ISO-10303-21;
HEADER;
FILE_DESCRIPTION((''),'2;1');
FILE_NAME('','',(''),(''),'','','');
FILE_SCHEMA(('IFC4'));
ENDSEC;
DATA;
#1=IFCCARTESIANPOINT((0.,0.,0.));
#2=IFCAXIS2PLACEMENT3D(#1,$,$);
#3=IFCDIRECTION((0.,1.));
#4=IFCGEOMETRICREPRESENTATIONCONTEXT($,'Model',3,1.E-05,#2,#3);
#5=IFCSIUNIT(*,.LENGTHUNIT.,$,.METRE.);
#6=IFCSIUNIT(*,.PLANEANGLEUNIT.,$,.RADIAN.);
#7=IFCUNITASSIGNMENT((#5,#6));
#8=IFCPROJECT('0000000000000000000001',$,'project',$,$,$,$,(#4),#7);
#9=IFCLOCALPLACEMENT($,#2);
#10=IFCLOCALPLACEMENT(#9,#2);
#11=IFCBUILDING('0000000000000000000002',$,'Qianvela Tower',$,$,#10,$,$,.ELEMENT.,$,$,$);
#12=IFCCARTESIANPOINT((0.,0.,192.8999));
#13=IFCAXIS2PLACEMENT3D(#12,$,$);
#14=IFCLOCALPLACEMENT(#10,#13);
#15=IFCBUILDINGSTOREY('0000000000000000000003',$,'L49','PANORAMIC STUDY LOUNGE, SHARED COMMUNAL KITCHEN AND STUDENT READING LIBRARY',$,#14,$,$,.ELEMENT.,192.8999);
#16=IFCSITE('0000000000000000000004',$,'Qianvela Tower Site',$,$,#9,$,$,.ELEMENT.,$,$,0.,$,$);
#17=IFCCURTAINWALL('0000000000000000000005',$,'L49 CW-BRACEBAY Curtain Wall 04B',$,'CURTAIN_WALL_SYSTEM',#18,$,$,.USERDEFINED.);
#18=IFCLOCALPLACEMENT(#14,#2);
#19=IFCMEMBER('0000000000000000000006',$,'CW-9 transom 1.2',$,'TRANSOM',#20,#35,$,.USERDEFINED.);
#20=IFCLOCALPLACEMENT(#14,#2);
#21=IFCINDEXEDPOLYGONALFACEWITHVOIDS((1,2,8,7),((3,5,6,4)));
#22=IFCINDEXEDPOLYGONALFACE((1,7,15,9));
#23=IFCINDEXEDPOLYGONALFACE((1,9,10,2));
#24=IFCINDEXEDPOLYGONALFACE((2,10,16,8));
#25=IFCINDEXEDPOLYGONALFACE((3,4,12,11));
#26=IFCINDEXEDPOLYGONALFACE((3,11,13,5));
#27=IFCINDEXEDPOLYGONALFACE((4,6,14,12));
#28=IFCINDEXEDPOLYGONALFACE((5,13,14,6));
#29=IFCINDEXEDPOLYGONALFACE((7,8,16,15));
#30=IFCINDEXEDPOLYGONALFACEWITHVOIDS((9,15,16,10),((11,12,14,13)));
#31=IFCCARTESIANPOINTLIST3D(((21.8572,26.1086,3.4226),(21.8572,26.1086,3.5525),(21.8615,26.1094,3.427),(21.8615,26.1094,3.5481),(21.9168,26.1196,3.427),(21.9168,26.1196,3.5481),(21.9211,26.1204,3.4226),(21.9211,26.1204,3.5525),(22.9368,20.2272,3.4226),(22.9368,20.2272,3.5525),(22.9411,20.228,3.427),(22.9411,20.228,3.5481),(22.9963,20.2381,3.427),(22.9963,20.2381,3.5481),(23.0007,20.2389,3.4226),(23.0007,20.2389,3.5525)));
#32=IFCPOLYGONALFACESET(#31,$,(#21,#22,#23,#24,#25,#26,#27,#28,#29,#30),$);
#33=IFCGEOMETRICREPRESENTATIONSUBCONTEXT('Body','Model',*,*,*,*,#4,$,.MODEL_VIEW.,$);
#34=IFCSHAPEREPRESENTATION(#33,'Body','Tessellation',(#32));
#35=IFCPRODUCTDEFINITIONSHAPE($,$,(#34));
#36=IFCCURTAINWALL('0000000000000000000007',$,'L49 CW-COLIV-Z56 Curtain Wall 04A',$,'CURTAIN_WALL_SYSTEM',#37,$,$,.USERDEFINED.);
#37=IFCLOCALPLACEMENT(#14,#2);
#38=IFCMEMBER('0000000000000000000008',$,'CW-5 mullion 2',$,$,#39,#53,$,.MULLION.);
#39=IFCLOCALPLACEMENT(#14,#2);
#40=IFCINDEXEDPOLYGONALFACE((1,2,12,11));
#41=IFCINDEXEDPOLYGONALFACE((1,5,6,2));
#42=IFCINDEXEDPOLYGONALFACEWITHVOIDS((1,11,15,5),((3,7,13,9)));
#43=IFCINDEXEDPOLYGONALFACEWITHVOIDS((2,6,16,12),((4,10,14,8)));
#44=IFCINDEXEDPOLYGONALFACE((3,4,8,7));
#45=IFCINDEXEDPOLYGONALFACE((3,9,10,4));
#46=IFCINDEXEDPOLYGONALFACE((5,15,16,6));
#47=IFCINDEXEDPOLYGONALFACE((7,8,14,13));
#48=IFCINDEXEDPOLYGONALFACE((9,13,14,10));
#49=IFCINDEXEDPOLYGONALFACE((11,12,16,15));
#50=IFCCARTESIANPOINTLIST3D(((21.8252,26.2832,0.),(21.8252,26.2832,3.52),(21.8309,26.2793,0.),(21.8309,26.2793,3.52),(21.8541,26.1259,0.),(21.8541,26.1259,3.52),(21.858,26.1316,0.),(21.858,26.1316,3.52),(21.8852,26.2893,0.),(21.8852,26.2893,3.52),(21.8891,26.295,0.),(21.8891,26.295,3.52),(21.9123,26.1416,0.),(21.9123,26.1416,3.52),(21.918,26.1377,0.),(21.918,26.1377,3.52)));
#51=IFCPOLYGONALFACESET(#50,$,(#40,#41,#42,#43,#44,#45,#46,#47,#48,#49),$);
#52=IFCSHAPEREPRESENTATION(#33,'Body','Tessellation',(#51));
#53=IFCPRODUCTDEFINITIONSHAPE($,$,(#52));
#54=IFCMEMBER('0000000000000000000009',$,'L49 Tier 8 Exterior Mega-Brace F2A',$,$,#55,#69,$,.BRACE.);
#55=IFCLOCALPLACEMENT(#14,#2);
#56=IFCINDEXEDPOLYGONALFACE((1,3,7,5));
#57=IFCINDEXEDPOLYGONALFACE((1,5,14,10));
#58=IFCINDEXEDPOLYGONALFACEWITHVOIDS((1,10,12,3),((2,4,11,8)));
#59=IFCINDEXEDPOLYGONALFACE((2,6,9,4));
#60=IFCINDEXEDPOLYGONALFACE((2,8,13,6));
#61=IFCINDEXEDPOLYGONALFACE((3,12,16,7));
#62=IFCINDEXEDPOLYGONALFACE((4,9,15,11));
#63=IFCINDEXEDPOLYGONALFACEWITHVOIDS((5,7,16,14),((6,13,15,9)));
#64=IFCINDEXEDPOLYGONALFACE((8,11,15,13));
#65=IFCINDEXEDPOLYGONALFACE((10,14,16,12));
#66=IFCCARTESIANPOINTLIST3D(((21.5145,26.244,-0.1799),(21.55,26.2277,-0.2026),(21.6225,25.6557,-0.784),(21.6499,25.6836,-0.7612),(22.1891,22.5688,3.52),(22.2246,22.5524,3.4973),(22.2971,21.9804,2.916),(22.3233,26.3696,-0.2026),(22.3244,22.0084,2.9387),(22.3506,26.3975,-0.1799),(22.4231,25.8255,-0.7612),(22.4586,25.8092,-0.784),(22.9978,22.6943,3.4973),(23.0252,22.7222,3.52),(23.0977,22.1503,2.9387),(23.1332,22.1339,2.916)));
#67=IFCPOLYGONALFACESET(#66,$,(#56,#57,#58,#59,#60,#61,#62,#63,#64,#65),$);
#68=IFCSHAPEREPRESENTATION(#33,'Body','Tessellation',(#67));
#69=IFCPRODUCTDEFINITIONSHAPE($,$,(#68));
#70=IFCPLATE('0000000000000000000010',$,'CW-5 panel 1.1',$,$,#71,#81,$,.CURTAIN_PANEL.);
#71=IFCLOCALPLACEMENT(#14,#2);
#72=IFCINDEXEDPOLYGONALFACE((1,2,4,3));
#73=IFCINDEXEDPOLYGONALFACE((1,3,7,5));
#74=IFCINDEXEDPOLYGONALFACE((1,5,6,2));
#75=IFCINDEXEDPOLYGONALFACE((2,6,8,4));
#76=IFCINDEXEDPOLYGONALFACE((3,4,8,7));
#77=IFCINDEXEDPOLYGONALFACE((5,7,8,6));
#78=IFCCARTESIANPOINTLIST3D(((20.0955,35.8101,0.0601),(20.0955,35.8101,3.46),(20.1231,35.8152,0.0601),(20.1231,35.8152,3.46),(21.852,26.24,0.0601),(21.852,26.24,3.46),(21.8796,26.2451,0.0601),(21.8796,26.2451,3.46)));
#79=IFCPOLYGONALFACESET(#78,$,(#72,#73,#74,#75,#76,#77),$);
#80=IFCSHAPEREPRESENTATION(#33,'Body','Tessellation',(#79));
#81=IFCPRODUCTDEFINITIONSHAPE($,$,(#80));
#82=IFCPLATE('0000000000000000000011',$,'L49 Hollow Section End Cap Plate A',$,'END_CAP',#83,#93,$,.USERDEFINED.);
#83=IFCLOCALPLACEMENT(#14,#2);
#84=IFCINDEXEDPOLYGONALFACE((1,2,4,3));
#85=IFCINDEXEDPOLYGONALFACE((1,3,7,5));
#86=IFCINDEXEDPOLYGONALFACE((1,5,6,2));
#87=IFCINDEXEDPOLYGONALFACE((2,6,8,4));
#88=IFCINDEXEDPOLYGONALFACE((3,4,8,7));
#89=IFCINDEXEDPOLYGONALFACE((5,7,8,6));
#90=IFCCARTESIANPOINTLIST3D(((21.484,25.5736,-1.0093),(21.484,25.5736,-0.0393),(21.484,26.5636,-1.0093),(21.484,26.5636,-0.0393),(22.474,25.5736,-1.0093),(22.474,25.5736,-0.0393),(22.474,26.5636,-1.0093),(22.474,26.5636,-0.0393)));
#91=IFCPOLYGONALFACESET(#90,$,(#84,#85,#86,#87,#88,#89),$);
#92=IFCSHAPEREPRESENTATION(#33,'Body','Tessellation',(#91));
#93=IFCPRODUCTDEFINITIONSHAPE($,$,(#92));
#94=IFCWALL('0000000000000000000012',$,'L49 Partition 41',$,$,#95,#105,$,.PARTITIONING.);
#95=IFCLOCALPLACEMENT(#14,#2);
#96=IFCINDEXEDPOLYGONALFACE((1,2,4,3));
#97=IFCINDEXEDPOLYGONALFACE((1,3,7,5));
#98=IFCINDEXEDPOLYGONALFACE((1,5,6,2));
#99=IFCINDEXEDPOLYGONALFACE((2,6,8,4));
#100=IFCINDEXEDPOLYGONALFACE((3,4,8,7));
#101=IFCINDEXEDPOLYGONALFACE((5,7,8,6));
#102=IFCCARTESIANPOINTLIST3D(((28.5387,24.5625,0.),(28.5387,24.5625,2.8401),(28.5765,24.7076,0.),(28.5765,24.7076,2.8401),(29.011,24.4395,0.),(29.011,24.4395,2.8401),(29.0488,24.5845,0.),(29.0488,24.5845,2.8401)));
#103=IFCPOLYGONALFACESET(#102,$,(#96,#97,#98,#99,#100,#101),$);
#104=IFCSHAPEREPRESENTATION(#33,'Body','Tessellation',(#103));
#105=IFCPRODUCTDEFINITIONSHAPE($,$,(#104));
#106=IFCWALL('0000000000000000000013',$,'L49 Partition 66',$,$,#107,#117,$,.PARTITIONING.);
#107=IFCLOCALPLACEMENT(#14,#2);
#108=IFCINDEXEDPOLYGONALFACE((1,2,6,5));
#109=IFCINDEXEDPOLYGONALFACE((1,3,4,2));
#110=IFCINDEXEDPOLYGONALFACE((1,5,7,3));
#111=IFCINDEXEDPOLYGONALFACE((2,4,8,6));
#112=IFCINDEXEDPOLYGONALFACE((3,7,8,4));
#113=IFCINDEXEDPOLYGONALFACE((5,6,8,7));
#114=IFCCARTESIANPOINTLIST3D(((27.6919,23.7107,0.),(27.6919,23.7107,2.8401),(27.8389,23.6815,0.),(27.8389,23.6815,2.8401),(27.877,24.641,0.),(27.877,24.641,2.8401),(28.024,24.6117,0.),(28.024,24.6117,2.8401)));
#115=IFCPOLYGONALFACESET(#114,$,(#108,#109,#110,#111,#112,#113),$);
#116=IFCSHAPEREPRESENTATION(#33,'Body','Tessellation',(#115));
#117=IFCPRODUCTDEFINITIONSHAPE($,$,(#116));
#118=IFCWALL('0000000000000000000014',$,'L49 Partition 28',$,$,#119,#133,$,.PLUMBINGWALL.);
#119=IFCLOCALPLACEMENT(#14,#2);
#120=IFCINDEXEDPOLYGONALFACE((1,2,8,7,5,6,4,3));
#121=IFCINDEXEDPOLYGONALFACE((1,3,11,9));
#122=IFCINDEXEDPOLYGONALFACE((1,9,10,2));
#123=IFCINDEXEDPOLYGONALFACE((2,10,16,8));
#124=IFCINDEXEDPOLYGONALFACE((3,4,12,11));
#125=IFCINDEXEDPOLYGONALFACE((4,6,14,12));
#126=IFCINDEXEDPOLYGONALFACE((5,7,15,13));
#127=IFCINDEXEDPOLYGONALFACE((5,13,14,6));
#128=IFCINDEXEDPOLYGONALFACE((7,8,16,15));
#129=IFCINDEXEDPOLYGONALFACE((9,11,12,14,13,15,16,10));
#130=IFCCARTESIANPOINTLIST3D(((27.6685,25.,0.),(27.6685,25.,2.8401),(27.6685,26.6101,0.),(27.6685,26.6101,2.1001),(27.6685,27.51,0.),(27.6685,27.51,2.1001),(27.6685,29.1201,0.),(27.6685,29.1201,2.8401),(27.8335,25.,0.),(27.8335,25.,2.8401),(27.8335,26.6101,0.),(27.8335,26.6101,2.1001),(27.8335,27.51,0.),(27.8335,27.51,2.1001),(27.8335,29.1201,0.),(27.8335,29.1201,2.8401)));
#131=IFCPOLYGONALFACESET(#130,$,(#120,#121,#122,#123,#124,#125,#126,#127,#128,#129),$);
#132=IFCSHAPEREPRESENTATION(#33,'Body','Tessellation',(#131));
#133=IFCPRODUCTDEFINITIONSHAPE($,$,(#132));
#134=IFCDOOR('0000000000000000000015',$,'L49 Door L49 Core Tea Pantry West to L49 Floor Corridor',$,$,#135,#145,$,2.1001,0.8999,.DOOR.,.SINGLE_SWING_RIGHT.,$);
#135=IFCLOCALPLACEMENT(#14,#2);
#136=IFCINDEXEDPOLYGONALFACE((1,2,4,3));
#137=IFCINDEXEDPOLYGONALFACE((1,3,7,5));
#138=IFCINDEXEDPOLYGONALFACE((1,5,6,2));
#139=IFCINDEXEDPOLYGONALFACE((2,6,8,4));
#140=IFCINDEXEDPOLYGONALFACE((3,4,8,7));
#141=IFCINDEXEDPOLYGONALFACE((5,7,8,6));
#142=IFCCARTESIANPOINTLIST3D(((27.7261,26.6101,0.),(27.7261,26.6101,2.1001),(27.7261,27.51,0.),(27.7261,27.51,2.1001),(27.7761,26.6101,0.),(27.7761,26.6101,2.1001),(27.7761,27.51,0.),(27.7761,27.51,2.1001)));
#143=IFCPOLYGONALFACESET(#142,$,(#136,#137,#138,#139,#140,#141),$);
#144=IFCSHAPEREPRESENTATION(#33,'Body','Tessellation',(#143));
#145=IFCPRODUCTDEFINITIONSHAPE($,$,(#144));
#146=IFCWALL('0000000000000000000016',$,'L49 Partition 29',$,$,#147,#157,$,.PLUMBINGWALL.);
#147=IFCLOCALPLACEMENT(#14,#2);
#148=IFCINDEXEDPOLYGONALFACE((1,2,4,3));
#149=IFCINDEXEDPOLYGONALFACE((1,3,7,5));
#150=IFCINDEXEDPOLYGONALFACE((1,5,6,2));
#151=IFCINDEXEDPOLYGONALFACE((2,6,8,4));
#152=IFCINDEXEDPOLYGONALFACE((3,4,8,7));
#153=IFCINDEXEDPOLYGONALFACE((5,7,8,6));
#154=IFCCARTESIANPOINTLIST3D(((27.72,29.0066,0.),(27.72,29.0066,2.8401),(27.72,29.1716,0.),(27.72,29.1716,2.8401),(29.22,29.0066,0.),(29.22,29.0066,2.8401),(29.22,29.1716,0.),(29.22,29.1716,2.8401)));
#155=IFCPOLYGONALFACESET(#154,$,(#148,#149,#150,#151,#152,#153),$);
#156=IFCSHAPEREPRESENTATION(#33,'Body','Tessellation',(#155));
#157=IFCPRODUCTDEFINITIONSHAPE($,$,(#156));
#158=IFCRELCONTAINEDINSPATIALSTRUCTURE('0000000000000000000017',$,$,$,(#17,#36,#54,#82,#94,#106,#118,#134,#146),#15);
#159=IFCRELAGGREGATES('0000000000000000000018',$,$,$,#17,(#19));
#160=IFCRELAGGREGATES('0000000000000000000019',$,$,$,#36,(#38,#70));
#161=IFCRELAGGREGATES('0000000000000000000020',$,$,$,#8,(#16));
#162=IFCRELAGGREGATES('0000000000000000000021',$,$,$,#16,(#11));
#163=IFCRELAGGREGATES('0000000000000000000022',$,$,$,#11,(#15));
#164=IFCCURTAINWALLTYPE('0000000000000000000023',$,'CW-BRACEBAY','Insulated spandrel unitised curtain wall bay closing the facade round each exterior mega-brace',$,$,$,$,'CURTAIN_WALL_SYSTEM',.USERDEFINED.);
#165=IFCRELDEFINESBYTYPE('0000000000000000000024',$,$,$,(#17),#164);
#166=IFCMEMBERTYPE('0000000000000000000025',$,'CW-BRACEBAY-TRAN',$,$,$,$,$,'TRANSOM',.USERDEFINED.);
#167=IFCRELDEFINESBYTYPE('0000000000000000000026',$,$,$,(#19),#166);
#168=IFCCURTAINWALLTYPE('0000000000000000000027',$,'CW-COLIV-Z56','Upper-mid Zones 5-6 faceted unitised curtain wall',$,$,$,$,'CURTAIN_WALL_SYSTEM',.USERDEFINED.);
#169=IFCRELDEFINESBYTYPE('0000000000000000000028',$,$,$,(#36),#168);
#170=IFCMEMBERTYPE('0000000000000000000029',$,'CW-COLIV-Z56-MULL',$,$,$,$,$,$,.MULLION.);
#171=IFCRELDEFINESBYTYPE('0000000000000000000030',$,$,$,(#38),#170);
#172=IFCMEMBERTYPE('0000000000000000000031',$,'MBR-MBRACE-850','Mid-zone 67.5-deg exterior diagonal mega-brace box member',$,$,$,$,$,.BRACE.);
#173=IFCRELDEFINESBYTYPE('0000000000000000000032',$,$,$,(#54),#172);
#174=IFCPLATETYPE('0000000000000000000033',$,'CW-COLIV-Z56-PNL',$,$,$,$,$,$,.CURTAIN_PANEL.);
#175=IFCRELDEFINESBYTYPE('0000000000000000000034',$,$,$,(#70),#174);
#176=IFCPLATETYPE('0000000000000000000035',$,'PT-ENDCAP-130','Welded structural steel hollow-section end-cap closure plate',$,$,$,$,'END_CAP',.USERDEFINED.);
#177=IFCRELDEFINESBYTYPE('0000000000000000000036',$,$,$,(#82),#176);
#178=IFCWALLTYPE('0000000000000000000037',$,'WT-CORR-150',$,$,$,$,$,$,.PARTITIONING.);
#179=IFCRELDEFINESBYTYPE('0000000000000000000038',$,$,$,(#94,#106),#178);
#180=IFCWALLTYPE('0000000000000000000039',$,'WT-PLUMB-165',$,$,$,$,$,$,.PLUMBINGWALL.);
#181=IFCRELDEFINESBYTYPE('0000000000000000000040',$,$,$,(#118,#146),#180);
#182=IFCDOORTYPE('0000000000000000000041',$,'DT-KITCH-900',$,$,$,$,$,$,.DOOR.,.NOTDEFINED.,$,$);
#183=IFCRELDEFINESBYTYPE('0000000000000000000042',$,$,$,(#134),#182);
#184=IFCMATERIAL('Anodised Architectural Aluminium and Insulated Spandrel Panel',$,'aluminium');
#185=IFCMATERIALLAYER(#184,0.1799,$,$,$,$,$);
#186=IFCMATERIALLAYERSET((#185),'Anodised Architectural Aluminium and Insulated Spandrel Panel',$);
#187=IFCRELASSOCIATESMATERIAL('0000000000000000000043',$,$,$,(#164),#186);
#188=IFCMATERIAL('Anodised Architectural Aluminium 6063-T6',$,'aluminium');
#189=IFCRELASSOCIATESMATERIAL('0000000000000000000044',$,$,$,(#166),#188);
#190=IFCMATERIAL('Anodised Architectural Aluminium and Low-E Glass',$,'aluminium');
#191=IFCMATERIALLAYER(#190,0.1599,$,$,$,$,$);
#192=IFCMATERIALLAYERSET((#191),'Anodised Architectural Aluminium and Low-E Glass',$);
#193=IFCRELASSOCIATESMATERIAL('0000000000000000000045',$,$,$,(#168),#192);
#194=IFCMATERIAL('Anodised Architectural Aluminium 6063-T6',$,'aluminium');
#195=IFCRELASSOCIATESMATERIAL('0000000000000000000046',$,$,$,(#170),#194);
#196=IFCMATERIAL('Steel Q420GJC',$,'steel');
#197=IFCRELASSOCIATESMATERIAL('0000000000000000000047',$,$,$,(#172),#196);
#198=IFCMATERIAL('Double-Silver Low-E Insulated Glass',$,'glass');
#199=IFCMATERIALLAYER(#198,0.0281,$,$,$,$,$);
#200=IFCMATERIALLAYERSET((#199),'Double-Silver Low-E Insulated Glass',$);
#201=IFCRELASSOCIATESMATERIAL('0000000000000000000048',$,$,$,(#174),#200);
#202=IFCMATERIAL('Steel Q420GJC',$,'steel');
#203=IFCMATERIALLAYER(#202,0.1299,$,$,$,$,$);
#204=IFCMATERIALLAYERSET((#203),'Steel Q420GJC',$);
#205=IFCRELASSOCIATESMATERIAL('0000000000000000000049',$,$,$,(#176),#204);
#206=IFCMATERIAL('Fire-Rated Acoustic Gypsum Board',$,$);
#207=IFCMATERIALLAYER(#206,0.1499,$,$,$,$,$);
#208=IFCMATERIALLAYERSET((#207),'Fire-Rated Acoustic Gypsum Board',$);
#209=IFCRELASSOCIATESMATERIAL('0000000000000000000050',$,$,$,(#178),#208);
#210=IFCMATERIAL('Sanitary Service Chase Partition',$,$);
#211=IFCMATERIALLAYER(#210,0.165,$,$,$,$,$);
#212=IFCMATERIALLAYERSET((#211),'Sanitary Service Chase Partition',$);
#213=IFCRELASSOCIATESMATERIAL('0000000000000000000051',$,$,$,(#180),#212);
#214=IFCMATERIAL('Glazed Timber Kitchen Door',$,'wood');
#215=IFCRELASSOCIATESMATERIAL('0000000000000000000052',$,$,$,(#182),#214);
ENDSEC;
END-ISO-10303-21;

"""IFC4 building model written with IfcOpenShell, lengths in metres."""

from ifc_helpers import new_model, si_unit, direction, frame, frame_2d, origin, origin_2d, place, context, subcontext, project, spatial, rectangle, hollow_rectangle, extrude, material, layer, layer_set, material_profile, profile_set, type_object, element, fill, aggregate, save


model = new_model("IFC4")

# Units and contexts
model_context = context("Model", 3, precision=1e-05, world=origin(), true_north=direction((0.0, 1.0)))
body_context = subcontext(model_context, "Body", "Model", "MODEL_VIEW")
ifc_project = project(units=[si_unit("LENGTHUNIT", "METRE"), si_unit("PLANEANGLEUNIT", "RADIAN")], contexts=[model_context])

# Site, building, storey
site_placement = place(None, origin())
site = spatial("IfcSite", under=ifc_project, at=site_placement, Name="Qianvela Tower Site", CompositionType="ELEMENT", RefElevation=0.0)
building_placement = place(site_placement, origin())
building = spatial("IfcBuilding", under=site, at=building_placement, Name="Qianvela Tower", CompositionType="ELEMENT")
storey_placement = place(building_placement, frame((0.0, 0.0, 192.8999)))
storey = spatial("IfcBuildingStorey", under=building, at=storey_placement, Name="L49", Description="PANORAMIC STUDY LOUNGE, SHARED COMMUNAL KITCHEN AND STUDENT READING LIBRARY", CompositionType="ELEMENT", Elevation=192.8999)

# Curtain wall, member
ifc_material_1 = material(Name="Anodised Architectural Aluminium and Insulated Spandrel Panel", Category="aluminium")
ifc_layer_1 = layer(ifc_material_1, 0.1799)
ifc_layer_set_1 = layer_set([ifc_layer_1], Name="Anodised Architectural Aluminium and Insulated Spandrel Panel")
curtain_wall_type_1 = type_object("IfcCurtainWallType", Name="CW-BRACEBAY", Description="Insulated spandrel unitised curtain wall bay closing the facade round each exterior mega-brace", ElementType="CURTAIN_WALL_SYSTEM", PredefinedType="USERDEFINED", material=ifc_layer_set_1)
curtain_wall_1_placement = place(storey_placement, origin())
curtain_wall_1 = element("IfcCurtainWall", 1, at=curtain_wall_1_placement, inside=storey, type_object=curtain_wall_type_1, Name="L49 CW-BRACEBAY Curtain Wall 04B", ObjectType="CURTAIN_WALL_SYSTEM", PredefinedType="USERDEFINED")
ifc_material_2 = material(Name="Anodised Architectural Aluminium 6063-T6", Category="aluminium")
ifc_material_profile_1 = material_profile(ifc_material_2, hollow_rectangle(XDim=0.0649, YDim=0.1299, WallThickness=0.0044, at=origin_2d()), Name="ALU-TRAN-65x130")
ifc_profile_set_1 = profile_set([ifc_material_profile_1], Name="Anodised Architectural Aluminium 6063-T6")
member_type_1 = type_object("IfcMemberType", Name="CW-BRACEBAY-TRAN", ElementType="TRANSOM", PredefinedType="USERDEFINED", material=ifc_profile_set_1)
member_1_placement = place(storey_placement, frame((21.8892, 26.1145, 3.4875), z_axis=(0.180538, -0.983568, 0.0), x_axis=(0.983568, 0.180538, 0.0)))
member_1 = element("IfcMember", 2, at=member_1_placement, type_object=member_type_1, Name="CW-9 transom 1.2", ObjectType="TRANSOM", PredefinedType="USERDEFINED", context=body_context, shape_type="SweptSolid", body=[
    extrude(hollow_rectangle(XDim=0.0649, YDim=0.1299, WallThickness=0.0044, at=origin_2d()), origin(), (0.0, 0.0, 1.0), 5.9797),
])
aggregate(curtain_wall_1, [member_1])

# Curtain wall, member
ifc_material_3 = material(Name="Anodised Architectural Aluminium and Low-E Glass", Category="aluminium")
ifc_layer_2 = layer(ifc_material_3, 0.1599)
ifc_layer_set_2 = layer_set([ifc_layer_2], Name="Anodised Architectural Aluminium and Low-E Glass")
curtain_wall_type_2 = type_object("IfcCurtainWallType", Name="CW-COLIV-Z56", Description="Upper-mid Zones 5-6 faceted unitised curtain wall", ElementType="CURTAIN_WALL_SYSTEM", PredefinedType="USERDEFINED", material=ifc_layer_set_2)
curtain_wall_2_placement = place(storey_placement, origin())
curtain_wall_2 = element("IfcCurtainWall", 3, at=curtain_wall_2_placement, inside=storey, type_object=curtain_wall_type_2, Name="L49 CW-COLIV-Z56 Curtain Wall 04A", ObjectType="CURTAIN_WALL_SYSTEM", PredefinedType="USERDEFINED")
ifc_material_4 = material(Name="Anodised Architectural Aluminium 6063-T6", Category="aluminium")
ifc_material_profile_2 = material_profile(ifc_material_4, hollow_rectangle(XDim=0.0649, YDim=0.1599, WallThickness=0.0049, at=origin_2d()), Name="ALU-MULL-65x160")
ifc_profile_set_2 = profile_set([ifc_material_profile_2], Name="Anodised Architectural Aluminium 6063-T6")
member_type_2 = type_object("IfcMemberType", Name="CW-COLIV-Z56-MULL", PredefinedType="MULLION", material=ifc_profile_set_2)
member_2_placement = place(storey_placement, frame((21.8716, 26.2104, 0.0), z_axis=(0.0, 0.0, 1.0), x_axis=(0.983572, 0.180518, 0.0)))
member_2 = element("IfcMember", 4, at=member_2_placement, type_object=member_type_2, Name="CW-5 mullion 2", PredefinedType="MULLION", context=body_context, shape_type="SweptSolid", body=[
    extrude(hollow_rectangle(XDim=0.0649, YDim=0.1599, WallThickness=0.0049, at=origin_2d()), origin(), (0.0, 0.0, 1.0), 3.52),
])

# Member
ifc_material_5 = material(Name="Steel Q420GJC", Category="steel")
ifc_material_profile_3 = material_profile(ifc_material_5, hollow_rectangle(XDim=0.8501, YDim=0.8501, WallThickness=0.032, at=origin_2d()), Name="MBOX-850x850x32")
ifc_profile_set_3 = profile_set([ifc_material_profile_3], Name="Steel Q420GJC")
member_type_3 = type_object("IfcMemberType", Name="MBR-MBRACE-850", Description="Mid-zone 67.5-deg exterior diagonal mega-brace box member", PredefinedType="BRACE", material=ifc_profile_set_3)
member_3_placement = place(storey_placement, frame((21.9866, 26.0266, -0.4819), z_axis=(0.128279, -0.698916, 0.703605), x_axis=(0.983571, 0.180524, 0.0)))
element("IfcMember", 5, at=member_3_placement, inside=storey, type_object=member_type_3, Name="L49 Tier 8 Exterior Mega-Brace F2A", PredefinedType="BRACE", context=body_context, shape_type="SweptSolid", body=[
    extrude(hollow_rectangle(XDim=0.8501, YDim=0.8501, WallThickness=0.032, at=origin_2d()), origin(), (0.0, 0.0, 1.0), 5.2585),
])

# Plates
ifc_material_6 = material(Name="Double-Silver Low-E Insulated Glass", Category="glass")
ifc_layer_3 = layer(ifc_material_6, 0.0281)
ifc_layer_set_3 = layer_set([ifc_layer_3], Name="Double-Silver Low-E Insulated Glass")
plate_type_1 = type_object("IfcPlateType", Name="CW-COLIV-Z56-PNL", PredefinedType="CURTAIN_PANEL", material=ifc_layer_set_3)
plate_1_placement = place(storey_placement, frame((20.9875, 31.0276, 0.0601), z_axis=(0.0, 0.0, 1.0), x_axis=(0.180518, -0.983572, 0.0)))
plate_1 = element("IfcPlate", 6, at=plate_1_placement, type_object=plate_type_1, Name="CW-5 panel 1.1", PredefinedType="CURTAIN_PANEL", context=body_context, shape_type="SweptSolid", body=[
    extrude(rectangle(XDim=9.73, YDim=0.0281, at=origin_2d()), origin(), (0.0, 0.0, 1.0), 3.3999),
])
aggregate(curtain_wall_2, [member_2, plate_1])
ifc_material_7 = material(Name="Steel Q420GJC", Category="steel")
ifc_layer_4 = layer(ifc_material_7, 0.1299)
ifc_layer_set_4 = layer_set([ifc_layer_4], Name="Steel Q420GJC")
plate_type_2 = type_object("IfcPlateType", Name="PT-ENDCAP-130", Description="Welded structural steel hollow-section end-cap closure plate", ElementType="END_CAP", PredefinedType="USERDEFINED", material=ifc_layer_set_4)
plate_2_placement = place(storey_placement, frame((21.979, 26.0686, -1.0093), z_axis=(0.0, 0.0, 1.0), x_axis=(1.0, 0.0, 0.0)))
element("IfcPlate", 7, at=plate_2_placement, inside=storey, type_object=plate_type_2, Name="L49 Hollow Section End Cap Plate A", ObjectType="END_CAP", PredefinedType="USERDEFINED", context=body_context, shape_type="SweptSolid", body=[
    extrude(rectangle(XDim=0.99, YDim=0.99, at=origin_2d()), origin(), (0.0, 0.0, 1.0), 0.97),
])

# Walls
ifc_material_8 = material(Name="Fire-Rated Acoustic Gypsum Board")
ifc_layer_5 = layer(ifc_material_8, 0.1499)
ifc_layer_set_5 = layer_set([ifc_layer_5], Name="Fire-Rated Acoustic Gypsum Board")
wall_type_1 = type_object("IfcWallType", Name="WT-CORR-150", PredefinedType="PARTITIONING", material=ifc_layer_set_5)
wall_1_placement = place(storey_placement, frame((29.03, 24.512, 0.0), z_axis=(0.0, 0.0, 1.0), x_axis=(-0.967681, 0.252177, 0.0)))
element("IfcWall", 8, at=wall_1_placement, inside=storey, type_object=wall_type_1, Name="L49 Partition 41", PredefinedType="PARTITIONING", context=body_context, shape_type="SweptSolid", body=[
    extrude(rectangle(XDim=0.488, YDim=0.1499, at=frame_2d((0.2441, 0.0))), origin(), (0.0, 0.0, 1.0), 2.8401),
])
wall_2_placement = place(storey_placement, frame((27.9504, 24.6262, 0.0), z_axis=(0.0, 0.0, 1.0), x_axis=(-0.195126, -0.980778, 0.0)))
element("IfcWall", 9, at=wall_2_placement, inside=storey, type_object=wall_type_1, Name="L49 Partition 66", PredefinedType="PARTITIONING", context=body_context, shape_type="SweptSolid", body=[
    extrude(rectangle(XDim=0.9485, YDim=0.1499, at=frame_2d((0.4741, 0.0))), origin(), (0.0, 0.0, 1.0), 2.8401),
])

# Wall, opening, door
ifc_material_9 = material(Name="Sanitary Service Chase Partition")
ifc_layer_6 = layer(ifc_material_9, 0.165)
ifc_layer_set_6 = layer_set([ifc_layer_6], Name="Sanitary Service Chase Partition")
wall_type_2 = type_object("IfcWallType", Name="WT-PLUMB-165", PredefinedType="PLUMBINGWALL", material=ifc_layer_set_6)
wall_3_placement = place(storey_placement, frame((27.751, 25.0, 0.0), z_axis=(0.0, 0.0, 1.0), x_axis=(0.0, 1.0, 0.0)))
wall_3 = element("IfcWall", 10, at=wall_3_placement, inside=storey, type_object=wall_type_2, Name="L49 Partition 28", PredefinedType="PLUMBINGWALL", context=body_context, shape_type="SweptSolid", body=[
    extrude(rectangle(XDim=4.1201, YDim=0.165, at=frame_2d((2.0601, 0.0))), origin(), (0.0, 0.0, 1.0), 2.8401),
])
opening_1_placement = place(wall_3_placement, frame((1.6101, 0.0, 0.0)))
opening_1 = element("IfcOpeningElement", 11, at=opening_1_placement, cuts=wall_3, PredefinedType="OPENING", context=body_context, shape_type="SweptSolid", body=[
    extrude(rectangle(XDim=0.8999, YDim=2.1001, at=frame_2d((0.45, 1.05))), frame((0.0, 0.0925, 0.0), z_axis=(0.0, -1.0, 0.0), x_axis=(1.0, 0.0, 0.0)), (0.0, 0.0, 1.0), 0.1851),
])
ifc_material_10 = material(Name="Glazed Timber Kitchen Door", Category="wood")
door_type_1 = type_object("IfcDoorType", Name="DT-KITCH-900", OperationType="NOTDEFINED", PredefinedType="DOOR", material=ifc_material_10)
door_1_placement = place(opening_1_placement, origin())
door_1 = element("IfcDoor", 12, at=door_1_placement, inside=storey, type_object=door_type_1, Name="L49 Door L49 Core Tea Pantry West to L49 Floor Corridor", OperationType="SINGLE_SWING_RIGHT", OverallHeight=2.1001, OverallWidth=0.8999, PredefinedType="DOOR", context=body_context, shape_type="SweptSolid", body=[
    extrude(rectangle(XDim=0.8999, YDim=2.1001, at=frame_2d((0.45, 1.05))), frame((0.0, 0.0249, 0.0), z_axis=(0.0, -1.0, 0.0), x_axis=(1.0, 0.0, 0.0)), (0.0, 0.0, 1.0), 0.05),
])
fill(opening_1, door_1)

# Wall
wall_4_placement = place(storey_placement, frame((27.72, 29.0891, 0.0), z_axis=(0.0, 0.0, 1.0), x_axis=(1.0, 0.0, 0.0)))
element("IfcWall", 13, at=wall_4_placement, inside=storey, type_object=wall_type_2, Name="L49 Partition 29", PredefinedType="PLUMBINGWALL", context=body_context, shape_type="SweptSolid", body=[
    extrude(rectangle(XDim=1.5, YDim=0.165, at=frame_2d((0.75, 0.0))), origin(), (0.0, 0.0, 1.0), 2.8401),
])

save(model, "model.ifc")
